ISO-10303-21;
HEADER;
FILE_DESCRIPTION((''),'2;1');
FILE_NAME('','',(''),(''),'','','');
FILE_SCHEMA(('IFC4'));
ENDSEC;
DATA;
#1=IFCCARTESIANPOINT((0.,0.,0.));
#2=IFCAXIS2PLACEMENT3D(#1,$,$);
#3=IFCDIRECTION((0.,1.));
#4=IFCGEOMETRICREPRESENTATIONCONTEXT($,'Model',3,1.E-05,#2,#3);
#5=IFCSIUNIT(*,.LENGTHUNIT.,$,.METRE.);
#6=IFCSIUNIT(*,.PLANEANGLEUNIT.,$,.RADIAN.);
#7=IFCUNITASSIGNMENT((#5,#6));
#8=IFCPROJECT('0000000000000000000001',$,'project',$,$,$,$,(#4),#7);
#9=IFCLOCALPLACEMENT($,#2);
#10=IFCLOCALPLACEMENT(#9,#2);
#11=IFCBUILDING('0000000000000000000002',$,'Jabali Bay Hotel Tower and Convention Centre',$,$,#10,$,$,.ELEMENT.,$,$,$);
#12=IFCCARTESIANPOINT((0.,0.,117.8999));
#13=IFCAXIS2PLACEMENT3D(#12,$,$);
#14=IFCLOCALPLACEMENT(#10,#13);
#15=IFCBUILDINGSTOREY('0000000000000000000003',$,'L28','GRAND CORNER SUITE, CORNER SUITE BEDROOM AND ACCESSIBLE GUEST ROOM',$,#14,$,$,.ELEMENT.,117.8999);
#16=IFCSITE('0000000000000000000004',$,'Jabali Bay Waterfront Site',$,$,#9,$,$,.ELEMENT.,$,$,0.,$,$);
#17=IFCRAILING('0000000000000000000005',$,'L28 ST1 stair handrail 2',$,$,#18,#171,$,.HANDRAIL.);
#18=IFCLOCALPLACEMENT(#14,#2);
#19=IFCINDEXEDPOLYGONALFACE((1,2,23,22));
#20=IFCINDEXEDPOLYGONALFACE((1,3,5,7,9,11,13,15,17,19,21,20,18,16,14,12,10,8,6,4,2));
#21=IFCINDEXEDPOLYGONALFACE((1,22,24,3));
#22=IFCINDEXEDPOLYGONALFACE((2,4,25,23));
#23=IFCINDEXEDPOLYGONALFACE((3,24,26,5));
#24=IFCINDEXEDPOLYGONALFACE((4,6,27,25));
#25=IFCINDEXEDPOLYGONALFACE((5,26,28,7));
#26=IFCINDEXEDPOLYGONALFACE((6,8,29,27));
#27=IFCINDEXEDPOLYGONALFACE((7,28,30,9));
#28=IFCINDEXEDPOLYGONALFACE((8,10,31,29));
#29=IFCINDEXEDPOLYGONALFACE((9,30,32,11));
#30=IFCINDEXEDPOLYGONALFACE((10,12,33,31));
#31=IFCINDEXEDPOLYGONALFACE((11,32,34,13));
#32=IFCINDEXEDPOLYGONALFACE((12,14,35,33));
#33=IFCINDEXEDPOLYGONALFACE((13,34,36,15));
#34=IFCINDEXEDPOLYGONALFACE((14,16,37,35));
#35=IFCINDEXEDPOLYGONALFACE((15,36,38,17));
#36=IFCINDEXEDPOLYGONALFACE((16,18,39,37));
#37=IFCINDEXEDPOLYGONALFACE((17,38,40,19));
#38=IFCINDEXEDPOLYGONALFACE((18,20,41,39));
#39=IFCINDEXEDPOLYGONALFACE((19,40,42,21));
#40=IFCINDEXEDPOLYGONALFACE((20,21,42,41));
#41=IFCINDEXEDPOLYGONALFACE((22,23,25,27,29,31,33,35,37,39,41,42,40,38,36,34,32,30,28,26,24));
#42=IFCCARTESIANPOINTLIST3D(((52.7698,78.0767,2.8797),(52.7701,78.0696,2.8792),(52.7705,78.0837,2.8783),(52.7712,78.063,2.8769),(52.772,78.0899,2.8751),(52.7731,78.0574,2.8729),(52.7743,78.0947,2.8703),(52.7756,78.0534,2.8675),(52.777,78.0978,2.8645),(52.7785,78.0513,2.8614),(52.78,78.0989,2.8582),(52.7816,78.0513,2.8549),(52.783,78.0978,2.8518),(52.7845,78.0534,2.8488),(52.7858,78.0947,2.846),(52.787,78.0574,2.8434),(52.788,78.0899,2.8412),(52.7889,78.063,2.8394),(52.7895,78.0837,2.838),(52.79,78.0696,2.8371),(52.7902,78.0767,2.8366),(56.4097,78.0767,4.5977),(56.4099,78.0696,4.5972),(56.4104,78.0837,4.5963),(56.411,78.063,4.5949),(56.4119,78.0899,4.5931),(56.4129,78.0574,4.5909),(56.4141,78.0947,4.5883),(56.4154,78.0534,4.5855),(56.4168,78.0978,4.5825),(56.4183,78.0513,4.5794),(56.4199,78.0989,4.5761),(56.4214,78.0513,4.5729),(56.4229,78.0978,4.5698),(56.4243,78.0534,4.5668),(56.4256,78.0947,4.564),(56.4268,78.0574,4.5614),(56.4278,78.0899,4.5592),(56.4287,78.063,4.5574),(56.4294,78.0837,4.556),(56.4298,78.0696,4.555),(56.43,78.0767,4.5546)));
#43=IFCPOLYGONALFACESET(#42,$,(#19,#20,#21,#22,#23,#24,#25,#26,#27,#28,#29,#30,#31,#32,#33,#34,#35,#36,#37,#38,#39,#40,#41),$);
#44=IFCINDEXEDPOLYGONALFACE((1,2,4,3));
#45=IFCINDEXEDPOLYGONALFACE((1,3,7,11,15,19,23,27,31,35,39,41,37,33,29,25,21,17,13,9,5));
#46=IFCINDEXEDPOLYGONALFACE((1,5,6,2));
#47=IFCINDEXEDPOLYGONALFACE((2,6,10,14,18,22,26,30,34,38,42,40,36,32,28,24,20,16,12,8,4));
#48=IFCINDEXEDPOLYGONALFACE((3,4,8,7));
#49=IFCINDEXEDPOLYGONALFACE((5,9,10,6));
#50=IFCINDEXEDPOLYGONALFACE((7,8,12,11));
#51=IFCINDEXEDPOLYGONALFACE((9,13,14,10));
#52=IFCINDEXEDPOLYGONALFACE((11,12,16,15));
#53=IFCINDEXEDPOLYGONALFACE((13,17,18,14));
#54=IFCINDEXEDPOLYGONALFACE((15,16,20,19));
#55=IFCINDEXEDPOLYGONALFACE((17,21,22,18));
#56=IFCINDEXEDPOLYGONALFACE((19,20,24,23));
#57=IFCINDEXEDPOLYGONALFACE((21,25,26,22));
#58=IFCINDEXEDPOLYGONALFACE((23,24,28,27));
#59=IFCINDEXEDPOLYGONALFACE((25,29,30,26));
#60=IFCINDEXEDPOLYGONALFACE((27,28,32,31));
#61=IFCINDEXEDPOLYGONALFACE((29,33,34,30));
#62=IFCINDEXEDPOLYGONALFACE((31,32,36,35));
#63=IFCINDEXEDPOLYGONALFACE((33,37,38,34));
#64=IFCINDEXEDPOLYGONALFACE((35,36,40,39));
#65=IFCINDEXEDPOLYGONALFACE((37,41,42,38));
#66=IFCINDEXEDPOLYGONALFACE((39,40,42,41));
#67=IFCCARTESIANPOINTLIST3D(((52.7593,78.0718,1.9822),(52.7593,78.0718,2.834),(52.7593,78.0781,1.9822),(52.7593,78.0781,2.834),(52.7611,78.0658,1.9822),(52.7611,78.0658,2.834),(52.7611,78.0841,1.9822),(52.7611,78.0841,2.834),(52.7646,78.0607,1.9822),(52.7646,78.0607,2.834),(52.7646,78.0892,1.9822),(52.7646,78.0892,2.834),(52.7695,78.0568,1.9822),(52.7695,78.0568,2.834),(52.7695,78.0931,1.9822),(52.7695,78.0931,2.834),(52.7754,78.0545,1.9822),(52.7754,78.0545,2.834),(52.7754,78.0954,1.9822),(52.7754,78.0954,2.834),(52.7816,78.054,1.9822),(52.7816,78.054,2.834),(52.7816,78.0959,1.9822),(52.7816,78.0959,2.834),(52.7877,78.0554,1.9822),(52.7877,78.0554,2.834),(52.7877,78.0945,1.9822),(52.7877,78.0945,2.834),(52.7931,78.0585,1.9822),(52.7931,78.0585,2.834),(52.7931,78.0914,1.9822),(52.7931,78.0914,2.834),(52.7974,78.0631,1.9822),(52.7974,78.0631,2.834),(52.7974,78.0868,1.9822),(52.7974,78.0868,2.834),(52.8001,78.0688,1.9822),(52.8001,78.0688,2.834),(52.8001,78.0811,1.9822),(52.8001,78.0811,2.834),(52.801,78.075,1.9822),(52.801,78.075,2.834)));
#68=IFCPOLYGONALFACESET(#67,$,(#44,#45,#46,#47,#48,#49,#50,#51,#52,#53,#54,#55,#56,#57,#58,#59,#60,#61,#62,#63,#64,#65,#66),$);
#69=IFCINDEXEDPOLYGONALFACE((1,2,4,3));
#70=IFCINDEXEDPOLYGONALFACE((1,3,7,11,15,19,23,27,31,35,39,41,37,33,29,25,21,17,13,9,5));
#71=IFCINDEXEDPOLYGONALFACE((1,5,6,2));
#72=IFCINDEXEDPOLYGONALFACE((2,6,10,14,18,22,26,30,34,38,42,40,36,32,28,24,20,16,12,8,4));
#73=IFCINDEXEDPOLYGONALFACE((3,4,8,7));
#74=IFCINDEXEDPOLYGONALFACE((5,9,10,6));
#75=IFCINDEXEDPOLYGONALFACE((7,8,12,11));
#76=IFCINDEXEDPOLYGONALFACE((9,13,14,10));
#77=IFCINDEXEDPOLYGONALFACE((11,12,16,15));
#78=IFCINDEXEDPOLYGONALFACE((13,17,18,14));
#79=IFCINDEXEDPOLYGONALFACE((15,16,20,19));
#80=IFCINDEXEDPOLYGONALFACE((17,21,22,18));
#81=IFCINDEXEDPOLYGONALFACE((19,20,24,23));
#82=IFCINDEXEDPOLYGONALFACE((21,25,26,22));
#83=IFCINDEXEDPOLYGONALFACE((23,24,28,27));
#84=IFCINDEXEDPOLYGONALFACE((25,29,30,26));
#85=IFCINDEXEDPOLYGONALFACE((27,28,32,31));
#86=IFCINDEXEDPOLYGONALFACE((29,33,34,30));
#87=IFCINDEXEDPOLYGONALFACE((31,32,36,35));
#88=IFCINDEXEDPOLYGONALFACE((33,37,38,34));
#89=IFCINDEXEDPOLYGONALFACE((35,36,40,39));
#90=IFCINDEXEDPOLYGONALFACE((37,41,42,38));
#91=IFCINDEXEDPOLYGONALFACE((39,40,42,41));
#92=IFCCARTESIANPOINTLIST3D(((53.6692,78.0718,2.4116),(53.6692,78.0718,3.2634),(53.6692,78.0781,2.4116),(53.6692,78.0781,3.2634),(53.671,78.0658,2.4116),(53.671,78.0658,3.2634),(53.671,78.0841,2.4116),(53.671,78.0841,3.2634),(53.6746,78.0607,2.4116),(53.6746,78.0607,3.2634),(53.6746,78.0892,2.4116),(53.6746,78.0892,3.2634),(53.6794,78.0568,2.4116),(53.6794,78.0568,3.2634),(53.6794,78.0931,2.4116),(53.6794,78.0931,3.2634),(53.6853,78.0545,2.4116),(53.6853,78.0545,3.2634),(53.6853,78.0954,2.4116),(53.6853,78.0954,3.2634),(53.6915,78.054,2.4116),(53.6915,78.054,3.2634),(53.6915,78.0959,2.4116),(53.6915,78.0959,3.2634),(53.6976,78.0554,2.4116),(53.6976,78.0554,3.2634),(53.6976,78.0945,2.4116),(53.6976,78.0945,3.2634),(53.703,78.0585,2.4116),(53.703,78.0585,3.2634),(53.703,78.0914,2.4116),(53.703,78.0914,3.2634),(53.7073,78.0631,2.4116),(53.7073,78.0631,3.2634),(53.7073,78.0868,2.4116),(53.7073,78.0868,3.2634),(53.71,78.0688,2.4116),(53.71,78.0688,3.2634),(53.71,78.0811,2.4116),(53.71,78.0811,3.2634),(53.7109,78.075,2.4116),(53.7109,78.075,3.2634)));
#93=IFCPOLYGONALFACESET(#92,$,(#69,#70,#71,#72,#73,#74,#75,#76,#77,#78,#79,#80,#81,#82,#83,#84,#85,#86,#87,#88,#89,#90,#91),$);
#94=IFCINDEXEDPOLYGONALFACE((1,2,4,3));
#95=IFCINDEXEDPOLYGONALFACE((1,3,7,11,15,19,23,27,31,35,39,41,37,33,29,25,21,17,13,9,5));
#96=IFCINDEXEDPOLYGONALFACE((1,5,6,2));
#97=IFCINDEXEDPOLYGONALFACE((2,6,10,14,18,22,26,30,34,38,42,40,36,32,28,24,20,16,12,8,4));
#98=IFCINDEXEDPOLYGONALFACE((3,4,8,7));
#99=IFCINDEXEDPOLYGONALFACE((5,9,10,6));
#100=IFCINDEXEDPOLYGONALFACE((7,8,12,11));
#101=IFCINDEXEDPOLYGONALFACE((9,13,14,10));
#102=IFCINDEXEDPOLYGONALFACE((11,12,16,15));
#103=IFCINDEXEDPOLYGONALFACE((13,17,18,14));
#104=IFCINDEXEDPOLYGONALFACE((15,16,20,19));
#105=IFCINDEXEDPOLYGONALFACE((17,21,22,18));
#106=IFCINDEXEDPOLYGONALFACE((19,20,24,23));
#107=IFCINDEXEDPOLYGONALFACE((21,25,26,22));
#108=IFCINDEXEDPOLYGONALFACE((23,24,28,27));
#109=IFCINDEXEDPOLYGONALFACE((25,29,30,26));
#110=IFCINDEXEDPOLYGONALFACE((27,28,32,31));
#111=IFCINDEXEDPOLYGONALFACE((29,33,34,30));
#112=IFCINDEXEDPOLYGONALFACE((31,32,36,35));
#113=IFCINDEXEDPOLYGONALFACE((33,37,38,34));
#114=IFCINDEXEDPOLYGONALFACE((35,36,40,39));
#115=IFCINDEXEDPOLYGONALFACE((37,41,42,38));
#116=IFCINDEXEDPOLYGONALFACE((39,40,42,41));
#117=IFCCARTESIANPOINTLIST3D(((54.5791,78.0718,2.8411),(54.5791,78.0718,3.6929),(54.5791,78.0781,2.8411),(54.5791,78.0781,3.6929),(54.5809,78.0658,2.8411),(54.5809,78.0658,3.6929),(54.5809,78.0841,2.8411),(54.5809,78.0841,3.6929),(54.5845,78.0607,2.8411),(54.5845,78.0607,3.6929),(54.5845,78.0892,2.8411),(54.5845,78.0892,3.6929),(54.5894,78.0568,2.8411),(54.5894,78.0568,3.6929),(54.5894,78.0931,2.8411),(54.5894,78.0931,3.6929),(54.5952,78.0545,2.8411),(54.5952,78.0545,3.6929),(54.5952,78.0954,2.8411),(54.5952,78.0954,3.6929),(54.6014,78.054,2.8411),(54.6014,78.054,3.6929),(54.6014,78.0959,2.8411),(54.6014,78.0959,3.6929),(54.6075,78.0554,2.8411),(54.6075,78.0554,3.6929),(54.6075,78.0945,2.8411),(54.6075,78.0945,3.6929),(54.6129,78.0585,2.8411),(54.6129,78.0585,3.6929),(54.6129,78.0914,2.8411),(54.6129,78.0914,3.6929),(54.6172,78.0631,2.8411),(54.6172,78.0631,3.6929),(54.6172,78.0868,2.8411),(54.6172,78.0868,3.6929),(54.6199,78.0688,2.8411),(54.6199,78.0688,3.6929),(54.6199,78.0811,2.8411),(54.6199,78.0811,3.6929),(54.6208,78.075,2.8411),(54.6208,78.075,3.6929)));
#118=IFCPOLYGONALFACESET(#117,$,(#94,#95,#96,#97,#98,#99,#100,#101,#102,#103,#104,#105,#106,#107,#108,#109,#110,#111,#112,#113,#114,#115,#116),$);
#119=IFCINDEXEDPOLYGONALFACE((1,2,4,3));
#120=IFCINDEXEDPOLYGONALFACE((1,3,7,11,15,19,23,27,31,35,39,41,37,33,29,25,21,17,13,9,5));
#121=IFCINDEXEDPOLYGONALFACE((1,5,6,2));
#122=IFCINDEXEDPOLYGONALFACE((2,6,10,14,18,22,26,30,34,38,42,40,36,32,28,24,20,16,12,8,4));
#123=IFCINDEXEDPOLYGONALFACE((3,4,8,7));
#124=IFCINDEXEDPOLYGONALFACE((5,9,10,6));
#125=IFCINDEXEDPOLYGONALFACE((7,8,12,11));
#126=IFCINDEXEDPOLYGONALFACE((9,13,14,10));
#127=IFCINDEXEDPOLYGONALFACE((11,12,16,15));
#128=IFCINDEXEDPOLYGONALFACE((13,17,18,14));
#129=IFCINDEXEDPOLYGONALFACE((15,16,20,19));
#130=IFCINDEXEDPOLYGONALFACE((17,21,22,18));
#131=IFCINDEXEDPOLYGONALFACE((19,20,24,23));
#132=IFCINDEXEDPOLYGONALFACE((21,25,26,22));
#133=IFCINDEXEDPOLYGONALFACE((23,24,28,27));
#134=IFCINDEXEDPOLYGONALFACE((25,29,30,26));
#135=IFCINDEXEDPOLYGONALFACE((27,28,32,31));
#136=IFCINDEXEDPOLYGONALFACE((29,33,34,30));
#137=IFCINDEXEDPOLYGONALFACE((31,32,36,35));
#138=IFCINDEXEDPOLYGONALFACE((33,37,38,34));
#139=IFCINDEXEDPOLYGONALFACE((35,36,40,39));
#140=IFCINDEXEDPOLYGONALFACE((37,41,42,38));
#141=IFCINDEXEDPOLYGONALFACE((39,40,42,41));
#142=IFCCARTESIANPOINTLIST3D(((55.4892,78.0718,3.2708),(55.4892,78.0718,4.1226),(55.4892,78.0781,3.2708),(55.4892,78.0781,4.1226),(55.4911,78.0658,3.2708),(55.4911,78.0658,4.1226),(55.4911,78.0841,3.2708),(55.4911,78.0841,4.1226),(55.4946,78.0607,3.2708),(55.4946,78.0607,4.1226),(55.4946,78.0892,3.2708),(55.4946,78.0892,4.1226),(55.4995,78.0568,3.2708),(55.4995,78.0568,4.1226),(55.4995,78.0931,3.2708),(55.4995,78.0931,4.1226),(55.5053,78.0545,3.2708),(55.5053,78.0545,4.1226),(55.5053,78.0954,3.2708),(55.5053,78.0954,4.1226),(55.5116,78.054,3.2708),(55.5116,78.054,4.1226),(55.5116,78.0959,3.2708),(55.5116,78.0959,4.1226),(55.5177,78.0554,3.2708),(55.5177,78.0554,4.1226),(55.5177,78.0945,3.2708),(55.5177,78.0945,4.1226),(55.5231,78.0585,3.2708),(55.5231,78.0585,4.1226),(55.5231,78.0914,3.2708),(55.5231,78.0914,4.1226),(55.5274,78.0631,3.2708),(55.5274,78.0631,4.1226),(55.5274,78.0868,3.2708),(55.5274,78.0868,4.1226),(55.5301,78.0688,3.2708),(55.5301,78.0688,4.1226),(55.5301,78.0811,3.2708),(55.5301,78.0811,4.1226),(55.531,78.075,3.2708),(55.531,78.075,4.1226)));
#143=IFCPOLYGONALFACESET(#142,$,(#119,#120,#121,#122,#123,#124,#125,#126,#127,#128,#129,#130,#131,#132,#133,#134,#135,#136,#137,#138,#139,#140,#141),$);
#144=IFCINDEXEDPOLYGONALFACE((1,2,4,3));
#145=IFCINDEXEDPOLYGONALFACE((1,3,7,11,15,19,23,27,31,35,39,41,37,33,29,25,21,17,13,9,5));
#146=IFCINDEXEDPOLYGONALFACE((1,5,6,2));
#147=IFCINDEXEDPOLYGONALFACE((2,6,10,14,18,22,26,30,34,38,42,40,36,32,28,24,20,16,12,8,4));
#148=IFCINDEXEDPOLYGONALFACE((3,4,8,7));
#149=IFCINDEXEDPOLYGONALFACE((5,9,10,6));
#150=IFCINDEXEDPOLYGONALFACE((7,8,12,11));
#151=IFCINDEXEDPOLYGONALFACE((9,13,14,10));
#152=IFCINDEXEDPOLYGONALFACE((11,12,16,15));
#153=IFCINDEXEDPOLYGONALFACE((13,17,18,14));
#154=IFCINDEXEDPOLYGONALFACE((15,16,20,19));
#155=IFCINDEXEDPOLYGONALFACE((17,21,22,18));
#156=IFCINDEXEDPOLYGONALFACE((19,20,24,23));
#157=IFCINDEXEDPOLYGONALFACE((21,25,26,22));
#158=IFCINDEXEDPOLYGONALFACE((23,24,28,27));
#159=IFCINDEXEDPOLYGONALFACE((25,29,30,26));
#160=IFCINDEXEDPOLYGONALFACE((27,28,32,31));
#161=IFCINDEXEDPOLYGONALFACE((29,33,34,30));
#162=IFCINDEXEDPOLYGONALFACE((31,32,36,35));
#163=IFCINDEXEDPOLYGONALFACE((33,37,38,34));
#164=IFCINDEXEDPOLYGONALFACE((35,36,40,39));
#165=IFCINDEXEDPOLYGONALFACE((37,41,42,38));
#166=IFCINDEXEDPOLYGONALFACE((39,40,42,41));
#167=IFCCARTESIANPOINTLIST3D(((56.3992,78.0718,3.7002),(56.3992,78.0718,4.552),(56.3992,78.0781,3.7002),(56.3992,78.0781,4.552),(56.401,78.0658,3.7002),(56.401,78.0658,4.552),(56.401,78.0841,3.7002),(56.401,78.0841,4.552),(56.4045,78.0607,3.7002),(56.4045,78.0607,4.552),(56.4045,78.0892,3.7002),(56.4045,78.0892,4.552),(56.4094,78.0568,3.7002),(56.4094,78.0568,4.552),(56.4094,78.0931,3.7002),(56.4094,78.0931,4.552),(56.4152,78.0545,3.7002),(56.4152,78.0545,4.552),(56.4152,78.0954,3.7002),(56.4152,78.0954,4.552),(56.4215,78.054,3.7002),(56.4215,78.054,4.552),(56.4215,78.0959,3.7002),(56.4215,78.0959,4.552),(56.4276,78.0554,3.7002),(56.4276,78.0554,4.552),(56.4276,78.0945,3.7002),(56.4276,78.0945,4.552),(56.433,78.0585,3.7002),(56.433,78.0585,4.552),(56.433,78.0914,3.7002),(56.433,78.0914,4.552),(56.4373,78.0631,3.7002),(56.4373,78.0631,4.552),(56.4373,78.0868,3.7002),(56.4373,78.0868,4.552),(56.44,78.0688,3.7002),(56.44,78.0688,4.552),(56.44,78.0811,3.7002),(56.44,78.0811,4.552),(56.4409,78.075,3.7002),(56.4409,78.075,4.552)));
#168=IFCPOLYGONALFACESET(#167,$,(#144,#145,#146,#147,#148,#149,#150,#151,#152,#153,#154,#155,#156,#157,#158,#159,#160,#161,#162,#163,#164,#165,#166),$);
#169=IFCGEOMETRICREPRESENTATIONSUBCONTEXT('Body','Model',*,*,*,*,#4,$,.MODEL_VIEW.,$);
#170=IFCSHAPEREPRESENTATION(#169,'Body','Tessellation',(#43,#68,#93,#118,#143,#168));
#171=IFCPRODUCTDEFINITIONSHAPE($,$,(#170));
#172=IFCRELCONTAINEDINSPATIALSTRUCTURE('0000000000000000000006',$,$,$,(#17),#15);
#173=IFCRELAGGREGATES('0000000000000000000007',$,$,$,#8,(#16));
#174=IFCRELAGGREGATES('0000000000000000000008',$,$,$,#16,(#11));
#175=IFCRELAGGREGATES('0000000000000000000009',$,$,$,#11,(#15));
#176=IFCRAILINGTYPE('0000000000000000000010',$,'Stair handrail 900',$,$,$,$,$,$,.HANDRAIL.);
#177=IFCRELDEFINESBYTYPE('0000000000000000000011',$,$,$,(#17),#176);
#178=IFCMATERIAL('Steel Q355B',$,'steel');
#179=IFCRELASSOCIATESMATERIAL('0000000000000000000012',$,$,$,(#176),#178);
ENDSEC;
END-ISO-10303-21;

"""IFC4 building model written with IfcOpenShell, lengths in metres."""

from ifc_helpers import new_model, si_unit, direction, frame, origin, origin_2d, place, context, subcontext, project, spatial, circle, extrude, material, type_object, element, save


model = new_model("IFC4")

# Units and contexts
model_context = context("Model", 3, precision=1e-05, world=origin(), true_north=direction((0.0, 1.0)))
body_context = subcontext(model_context, "Body", "Model", "MODEL_VIEW")
ifc_project = project(units=[si_unit("LENGTHUNIT", "METRE"), si_unit("PLANEANGLEUNIT", "RADIAN")], contexts=[model_context])

# Site, building, storey
site_placement = place(None, origin())
site = spatial("IfcSite", under=ifc_project, at=site_placement, Name="Jabali Bay Waterfront Site", CompositionType="ELEMENT", RefElevation=0.0)
building_placement = place(site_placement, origin())
building = spatial("IfcBuilding", under=site, at=building_placement, Name="Jabali Bay Hotel Tower and Convention Centre", CompositionType="ELEMENT")
storey_placement = place(building_placement, frame((0.0, 0.0, 117.8999)))
storey = spatial("IfcBuildingStorey", under=building, at=storey_placement, Name="L28", Description="GRAND CORNER SUITE, CORNER SUITE BEDROOM AND ACCESSIBLE GUEST ROOM", CompositionType="ELEMENT", Elevation=117.8999)

# Railing
ifc_material_1 = material(Name="Steel Q355B", Category="steel")
railing_type = type_object("IfcRailingType", Name="Stair handrail 900", PredefinedType="HANDRAIL", material=ifc_material_1)
railing_placement = place(storey_placement, frame((52.78, 78.075, 1.9822)))
element("IfcRailing", 1, at=railing_placement, inside=storey, type_object=railing_type, Name="L28 ST1 stair handrail 2", PredefinedType="HANDRAIL", context=body_context, shape_type="SweptSolid", body=[
    extrude(circle(Radius=0.0239, at=origin_2d()), frame((0.0, 0.0, 0.876), z_axis=(0.904327, 0.0, 0.42684), x_axis=(0.0, 1.0, 0.0)), (0.0, 0.0, 1.0), 4.0249),
    extrude(circle(Radius=0.021, at=origin_2d()), origin(), (0.0, 0.0, 1.0), 0.8518),
    extrude(circle(Radius=0.021, at=origin_2d()), frame((0.9099, 0.0, 0.4294)), (0.0, 0.0, 1.0), 0.8518),
    extrude(circle(Radius=0.021, at=origin_2d()), frame((1.8198, 0.0, 0.8589)), (0.0, 0.0, 1.0), 0.8518),
    extrude(circle(Radius=0.021, at=origin_2d()), frame((2.73, 0.0, 1.2886)), (0.0, 0.0, 1.0), 0.8518),
    extrude(circle(Radius=0.021, at=origin_2d()), frame((3.6399, 0.0, 1.718)), (0.0, 0.0, 1.0), 0.8518),
])

save(model, "model.ifc")
